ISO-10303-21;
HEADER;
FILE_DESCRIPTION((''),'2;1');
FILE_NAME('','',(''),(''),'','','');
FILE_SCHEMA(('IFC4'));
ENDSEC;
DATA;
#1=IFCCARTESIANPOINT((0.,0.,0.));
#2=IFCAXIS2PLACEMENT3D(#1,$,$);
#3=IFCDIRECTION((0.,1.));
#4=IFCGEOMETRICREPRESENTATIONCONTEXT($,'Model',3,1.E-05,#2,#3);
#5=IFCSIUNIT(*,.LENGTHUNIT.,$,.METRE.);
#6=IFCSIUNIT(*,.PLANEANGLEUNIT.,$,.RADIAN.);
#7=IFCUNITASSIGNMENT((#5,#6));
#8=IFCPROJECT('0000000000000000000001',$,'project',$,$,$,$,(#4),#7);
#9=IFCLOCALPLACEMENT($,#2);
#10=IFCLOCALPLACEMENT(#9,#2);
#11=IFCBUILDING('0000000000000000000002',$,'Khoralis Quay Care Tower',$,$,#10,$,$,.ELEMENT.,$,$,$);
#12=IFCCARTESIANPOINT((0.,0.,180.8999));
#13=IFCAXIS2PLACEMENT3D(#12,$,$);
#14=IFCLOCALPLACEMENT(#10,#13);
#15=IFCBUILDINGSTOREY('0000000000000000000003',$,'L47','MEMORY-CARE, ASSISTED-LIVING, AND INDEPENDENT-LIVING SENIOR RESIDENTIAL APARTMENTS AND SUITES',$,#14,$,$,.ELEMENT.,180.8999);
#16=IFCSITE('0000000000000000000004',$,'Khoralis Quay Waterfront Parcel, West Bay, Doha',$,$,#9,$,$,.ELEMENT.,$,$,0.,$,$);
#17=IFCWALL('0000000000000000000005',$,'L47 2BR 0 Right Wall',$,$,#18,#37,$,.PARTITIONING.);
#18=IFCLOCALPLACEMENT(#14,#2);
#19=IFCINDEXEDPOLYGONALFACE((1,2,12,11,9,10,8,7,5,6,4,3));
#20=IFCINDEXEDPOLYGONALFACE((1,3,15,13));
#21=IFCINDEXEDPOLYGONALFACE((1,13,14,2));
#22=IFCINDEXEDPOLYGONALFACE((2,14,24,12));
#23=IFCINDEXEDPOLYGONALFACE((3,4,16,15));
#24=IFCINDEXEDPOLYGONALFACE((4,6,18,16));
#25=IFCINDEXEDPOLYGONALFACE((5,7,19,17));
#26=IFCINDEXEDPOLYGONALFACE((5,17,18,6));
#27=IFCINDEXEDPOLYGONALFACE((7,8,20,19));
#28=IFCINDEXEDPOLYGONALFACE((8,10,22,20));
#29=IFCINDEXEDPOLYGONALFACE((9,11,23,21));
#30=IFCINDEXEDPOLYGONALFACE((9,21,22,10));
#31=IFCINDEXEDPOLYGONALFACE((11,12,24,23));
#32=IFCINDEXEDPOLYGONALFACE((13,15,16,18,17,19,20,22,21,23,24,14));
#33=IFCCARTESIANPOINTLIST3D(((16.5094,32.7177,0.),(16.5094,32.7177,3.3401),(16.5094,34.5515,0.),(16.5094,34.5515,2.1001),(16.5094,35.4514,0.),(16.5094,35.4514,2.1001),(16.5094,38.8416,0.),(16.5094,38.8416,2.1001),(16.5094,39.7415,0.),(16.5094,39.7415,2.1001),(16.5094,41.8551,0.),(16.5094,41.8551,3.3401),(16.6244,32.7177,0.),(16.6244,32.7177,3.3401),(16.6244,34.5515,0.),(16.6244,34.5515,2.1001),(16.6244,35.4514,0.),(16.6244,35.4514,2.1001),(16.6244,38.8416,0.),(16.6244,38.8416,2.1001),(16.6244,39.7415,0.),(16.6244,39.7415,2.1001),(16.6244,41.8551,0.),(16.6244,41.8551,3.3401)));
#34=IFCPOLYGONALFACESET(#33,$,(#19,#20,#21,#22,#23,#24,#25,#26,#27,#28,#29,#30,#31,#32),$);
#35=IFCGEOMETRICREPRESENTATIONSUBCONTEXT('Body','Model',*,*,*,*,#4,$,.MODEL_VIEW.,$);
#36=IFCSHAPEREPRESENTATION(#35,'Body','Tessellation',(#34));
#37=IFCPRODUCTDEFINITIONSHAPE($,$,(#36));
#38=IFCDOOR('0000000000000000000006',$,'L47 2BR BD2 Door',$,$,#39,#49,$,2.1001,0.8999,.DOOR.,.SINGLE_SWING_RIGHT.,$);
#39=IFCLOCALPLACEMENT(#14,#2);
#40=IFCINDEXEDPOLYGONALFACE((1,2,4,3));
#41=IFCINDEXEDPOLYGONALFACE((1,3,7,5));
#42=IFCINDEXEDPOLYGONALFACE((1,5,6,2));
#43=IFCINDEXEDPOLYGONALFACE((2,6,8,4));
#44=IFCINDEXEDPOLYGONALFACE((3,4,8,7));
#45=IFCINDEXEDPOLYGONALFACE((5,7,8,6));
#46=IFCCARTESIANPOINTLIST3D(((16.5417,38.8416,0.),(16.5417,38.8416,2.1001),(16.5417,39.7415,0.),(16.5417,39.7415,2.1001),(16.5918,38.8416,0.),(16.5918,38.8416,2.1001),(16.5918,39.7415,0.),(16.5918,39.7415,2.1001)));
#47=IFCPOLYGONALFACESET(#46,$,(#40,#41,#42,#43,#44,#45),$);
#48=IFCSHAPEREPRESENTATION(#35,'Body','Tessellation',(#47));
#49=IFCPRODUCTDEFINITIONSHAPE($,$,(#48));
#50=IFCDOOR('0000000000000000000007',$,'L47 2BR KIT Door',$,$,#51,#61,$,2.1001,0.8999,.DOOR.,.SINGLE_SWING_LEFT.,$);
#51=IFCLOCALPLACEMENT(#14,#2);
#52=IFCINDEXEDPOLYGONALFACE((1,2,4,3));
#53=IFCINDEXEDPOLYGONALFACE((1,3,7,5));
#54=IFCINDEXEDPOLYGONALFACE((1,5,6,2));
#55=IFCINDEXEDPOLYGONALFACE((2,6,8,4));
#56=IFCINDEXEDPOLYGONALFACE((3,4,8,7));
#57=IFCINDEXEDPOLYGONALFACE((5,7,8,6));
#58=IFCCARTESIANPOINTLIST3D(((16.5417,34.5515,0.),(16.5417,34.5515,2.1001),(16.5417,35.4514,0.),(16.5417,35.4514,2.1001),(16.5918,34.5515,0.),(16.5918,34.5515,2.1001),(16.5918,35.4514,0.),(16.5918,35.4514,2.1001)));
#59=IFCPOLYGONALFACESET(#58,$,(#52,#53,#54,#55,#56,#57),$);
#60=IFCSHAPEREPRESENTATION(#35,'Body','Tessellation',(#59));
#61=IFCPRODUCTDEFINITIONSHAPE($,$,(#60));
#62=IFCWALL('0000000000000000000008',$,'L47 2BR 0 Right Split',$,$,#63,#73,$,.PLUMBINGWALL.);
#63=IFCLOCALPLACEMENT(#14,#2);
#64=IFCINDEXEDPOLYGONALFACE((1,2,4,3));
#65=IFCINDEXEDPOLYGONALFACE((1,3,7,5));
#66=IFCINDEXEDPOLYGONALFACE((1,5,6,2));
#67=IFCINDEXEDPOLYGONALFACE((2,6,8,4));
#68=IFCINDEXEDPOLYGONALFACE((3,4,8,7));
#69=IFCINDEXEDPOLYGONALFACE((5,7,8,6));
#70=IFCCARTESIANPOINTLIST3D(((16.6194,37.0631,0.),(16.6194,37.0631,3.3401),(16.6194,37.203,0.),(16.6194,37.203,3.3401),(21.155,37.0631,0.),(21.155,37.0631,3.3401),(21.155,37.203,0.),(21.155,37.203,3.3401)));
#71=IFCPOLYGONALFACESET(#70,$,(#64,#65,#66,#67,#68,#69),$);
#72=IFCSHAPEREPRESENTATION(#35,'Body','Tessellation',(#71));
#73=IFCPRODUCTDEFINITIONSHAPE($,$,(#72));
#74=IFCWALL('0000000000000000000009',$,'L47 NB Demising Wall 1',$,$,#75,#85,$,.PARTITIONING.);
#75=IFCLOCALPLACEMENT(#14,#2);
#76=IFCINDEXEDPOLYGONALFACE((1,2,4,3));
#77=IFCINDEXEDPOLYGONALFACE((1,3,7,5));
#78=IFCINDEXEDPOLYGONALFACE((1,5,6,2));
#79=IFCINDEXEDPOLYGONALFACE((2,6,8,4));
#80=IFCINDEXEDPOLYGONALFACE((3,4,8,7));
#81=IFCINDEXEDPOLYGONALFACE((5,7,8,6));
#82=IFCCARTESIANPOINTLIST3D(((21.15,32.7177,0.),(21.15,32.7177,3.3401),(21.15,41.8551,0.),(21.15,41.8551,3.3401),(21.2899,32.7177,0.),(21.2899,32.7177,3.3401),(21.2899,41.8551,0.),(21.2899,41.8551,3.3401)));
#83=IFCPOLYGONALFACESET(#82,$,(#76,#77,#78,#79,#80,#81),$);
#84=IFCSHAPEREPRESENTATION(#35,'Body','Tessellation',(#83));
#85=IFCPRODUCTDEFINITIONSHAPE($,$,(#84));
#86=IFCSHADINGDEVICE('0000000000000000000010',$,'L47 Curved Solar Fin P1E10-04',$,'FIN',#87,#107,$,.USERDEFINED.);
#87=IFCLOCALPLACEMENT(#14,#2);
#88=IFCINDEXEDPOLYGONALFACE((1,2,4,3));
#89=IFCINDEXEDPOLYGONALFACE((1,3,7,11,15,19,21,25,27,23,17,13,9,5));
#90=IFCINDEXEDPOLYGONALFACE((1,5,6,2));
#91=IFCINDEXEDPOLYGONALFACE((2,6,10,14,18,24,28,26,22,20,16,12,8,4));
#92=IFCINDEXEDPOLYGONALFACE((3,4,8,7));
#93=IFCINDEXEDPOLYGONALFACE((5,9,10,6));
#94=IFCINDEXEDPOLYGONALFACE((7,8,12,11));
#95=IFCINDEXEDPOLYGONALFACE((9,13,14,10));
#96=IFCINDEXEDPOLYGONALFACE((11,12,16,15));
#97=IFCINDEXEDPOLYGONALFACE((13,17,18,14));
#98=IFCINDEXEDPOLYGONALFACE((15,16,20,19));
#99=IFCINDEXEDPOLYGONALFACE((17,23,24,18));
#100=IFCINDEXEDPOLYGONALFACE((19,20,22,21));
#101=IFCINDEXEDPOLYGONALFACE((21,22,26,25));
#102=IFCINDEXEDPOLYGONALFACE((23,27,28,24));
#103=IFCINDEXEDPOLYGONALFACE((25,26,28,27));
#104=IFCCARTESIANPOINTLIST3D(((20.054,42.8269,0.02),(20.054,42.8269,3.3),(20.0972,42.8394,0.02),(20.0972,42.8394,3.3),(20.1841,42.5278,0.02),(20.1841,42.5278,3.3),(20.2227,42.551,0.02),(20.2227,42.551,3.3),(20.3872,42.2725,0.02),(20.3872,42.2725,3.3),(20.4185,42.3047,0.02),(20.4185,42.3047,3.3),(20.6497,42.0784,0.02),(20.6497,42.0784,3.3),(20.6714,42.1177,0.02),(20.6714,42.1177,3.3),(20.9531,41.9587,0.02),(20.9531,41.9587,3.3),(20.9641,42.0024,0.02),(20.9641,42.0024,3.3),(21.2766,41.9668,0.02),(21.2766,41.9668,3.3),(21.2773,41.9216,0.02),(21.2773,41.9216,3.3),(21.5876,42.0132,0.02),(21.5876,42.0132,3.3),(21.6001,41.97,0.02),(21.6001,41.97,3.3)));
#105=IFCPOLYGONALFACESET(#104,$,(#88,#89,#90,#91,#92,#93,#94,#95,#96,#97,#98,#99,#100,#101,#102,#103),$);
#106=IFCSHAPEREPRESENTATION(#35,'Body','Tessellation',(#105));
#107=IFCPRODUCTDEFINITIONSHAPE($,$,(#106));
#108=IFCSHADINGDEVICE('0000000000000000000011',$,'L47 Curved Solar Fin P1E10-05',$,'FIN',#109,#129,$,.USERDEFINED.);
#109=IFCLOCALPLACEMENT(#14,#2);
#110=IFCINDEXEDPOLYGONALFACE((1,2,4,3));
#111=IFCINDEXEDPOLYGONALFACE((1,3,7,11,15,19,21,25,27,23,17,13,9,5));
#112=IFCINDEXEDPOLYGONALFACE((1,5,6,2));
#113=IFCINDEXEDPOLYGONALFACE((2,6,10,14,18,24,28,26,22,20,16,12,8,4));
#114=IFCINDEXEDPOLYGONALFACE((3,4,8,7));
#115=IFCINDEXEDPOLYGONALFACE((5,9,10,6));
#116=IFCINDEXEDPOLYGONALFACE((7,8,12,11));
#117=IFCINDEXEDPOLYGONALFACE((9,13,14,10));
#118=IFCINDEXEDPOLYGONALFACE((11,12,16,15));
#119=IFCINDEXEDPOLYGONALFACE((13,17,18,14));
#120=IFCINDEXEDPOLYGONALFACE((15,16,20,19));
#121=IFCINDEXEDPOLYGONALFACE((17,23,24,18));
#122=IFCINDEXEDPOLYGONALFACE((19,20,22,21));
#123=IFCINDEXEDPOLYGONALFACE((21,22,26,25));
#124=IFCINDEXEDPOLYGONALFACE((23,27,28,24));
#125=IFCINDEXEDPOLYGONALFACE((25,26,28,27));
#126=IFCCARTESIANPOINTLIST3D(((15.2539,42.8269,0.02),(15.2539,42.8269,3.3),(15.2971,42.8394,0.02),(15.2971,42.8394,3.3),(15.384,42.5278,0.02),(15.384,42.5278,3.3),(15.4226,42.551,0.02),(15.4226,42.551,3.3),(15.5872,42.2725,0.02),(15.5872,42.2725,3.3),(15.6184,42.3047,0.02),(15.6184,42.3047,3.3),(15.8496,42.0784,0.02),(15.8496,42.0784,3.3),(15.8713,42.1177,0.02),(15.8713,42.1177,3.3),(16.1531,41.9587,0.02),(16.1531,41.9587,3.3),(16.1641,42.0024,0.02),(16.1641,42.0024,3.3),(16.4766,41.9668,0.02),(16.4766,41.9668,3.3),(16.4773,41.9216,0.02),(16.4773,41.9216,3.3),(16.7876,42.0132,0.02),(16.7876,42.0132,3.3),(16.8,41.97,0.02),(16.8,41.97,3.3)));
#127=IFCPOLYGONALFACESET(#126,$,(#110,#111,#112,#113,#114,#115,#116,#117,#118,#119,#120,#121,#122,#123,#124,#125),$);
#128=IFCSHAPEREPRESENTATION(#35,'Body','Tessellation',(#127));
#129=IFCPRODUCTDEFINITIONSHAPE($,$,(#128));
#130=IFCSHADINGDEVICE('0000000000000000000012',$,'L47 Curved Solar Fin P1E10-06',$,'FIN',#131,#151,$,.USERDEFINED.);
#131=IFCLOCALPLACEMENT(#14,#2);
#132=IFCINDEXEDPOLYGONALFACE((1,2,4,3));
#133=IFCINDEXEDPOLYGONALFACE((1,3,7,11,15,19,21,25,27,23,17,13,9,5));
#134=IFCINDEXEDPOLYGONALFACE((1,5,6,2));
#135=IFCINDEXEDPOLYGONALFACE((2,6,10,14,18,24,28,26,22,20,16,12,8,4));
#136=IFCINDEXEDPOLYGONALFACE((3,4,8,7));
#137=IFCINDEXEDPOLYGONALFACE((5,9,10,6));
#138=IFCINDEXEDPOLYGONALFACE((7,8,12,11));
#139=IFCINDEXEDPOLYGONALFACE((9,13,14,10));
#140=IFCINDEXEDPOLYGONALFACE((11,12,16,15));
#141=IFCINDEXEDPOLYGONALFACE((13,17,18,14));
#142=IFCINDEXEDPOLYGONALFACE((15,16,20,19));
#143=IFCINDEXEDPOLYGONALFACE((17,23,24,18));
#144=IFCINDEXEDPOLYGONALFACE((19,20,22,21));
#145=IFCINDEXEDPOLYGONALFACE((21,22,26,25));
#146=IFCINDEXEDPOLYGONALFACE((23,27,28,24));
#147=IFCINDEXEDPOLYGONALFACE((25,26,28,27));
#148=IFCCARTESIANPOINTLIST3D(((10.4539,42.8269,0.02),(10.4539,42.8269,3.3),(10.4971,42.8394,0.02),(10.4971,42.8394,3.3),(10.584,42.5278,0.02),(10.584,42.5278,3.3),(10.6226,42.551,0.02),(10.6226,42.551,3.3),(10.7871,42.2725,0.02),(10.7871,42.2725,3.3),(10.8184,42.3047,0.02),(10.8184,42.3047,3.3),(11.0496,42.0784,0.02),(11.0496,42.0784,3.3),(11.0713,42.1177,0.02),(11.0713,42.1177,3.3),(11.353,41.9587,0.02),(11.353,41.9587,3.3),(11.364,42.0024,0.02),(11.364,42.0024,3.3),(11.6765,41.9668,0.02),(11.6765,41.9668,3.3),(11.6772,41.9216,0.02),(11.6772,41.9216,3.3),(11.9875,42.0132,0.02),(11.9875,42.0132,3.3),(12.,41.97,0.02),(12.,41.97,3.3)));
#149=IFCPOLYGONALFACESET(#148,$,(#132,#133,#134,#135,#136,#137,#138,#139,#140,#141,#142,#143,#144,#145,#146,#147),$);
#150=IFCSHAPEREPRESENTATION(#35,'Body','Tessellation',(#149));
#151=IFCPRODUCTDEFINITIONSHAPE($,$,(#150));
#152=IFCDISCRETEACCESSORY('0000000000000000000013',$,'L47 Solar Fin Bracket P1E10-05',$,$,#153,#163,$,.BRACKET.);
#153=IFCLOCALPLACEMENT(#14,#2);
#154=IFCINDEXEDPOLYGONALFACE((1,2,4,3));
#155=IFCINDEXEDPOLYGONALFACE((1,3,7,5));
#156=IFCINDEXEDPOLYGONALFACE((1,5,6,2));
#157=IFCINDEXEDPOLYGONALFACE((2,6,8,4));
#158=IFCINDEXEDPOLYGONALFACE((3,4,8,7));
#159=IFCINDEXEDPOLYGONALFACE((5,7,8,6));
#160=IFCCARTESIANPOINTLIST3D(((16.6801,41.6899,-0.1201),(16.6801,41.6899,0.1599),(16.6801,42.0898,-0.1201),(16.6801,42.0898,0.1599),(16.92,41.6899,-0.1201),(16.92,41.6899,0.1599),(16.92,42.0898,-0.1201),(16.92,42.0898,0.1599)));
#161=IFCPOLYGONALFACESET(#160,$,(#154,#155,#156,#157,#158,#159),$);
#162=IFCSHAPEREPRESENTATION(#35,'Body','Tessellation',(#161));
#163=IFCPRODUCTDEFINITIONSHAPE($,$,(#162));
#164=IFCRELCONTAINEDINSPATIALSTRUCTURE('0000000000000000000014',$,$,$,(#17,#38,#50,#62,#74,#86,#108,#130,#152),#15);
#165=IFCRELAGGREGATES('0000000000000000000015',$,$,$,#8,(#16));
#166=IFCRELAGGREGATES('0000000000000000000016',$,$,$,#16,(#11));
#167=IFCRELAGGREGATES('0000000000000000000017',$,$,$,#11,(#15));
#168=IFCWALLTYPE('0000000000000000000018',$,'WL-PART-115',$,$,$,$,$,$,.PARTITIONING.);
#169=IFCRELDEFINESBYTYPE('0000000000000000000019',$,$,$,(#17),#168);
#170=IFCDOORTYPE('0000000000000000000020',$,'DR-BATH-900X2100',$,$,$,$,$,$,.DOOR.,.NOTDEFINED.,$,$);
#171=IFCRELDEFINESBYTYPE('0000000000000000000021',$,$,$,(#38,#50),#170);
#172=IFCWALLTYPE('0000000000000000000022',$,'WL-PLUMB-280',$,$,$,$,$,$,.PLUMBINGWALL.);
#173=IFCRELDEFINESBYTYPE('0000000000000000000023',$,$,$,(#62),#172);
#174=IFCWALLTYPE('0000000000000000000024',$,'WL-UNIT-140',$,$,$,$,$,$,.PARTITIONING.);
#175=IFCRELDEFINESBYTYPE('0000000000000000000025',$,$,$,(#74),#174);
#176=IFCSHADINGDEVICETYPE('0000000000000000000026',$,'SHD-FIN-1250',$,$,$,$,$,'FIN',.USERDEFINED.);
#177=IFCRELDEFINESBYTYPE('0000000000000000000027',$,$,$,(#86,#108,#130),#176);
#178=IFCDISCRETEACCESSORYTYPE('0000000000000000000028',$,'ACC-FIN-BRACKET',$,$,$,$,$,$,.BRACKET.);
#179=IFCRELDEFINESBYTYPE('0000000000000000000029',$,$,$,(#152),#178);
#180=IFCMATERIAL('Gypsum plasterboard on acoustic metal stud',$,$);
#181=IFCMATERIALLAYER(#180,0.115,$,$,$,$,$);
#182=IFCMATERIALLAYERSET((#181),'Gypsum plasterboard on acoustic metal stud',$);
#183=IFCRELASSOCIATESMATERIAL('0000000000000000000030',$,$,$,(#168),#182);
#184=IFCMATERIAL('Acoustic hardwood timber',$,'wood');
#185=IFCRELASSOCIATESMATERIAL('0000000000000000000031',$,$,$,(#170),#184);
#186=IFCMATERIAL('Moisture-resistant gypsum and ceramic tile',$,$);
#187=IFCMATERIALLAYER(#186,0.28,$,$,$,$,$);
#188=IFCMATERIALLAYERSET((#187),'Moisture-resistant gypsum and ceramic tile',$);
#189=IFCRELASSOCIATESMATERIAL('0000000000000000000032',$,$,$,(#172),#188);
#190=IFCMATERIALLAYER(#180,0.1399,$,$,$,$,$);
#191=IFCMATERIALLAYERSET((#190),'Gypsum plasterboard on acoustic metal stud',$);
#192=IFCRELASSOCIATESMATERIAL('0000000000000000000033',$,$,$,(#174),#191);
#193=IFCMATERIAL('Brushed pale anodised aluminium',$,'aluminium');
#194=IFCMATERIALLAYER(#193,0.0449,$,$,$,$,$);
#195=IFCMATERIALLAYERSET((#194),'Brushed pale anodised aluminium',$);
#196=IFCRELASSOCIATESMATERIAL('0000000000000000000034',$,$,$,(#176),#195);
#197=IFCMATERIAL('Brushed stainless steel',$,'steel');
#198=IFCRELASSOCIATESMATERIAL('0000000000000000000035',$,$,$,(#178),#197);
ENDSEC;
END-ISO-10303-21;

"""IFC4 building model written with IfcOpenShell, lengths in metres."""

from ifc_helpers import new_model, si_unit, direction, frame, frame_2d, origin, origin_2d, place, context, subcontext, project, spatial, polyline, rectangle, outline, extrude, source, transform, mapped, material, layer, layer_set, type_object, element, fill, save


model = new_model("IFC4")

# Units and contexts
model_context = context("Model", 3, precision=1e-05, world=origin(), true_north=direction((0.0, 1.0)))
body_context = subcontext(model_context, "Body", "Model", "MODEL_VIEW")
ifc_project = project(units=[si_unit("LENGTHUNIT", "METRE"), si_unit("PLANEANGLEUNIT", "RADIAN")], contexts=[model_context])

# Site, building, storey
site_placement = place(None, origin())
site = spatial("IfcSite", under=ifc_project, at=site_placement, Name="Khoralis Quay Waterfront Parcel, West Bay, Doha", CompositionType="ELEMENT", RefElevation=0.0)
building_placement = place(site_placement, origin())
building = spatial("IfcBuilding", under=site, at=building_placement, Name="Khoralis Quay Care Tower", CompositionType="ELEMENT")
storey_placement = place(building_placement, frame((0.0, 0.0, 180.8999)))
storey = spatial("IfcBuildingStorey", under=building, at=storey_placement, Name="L47", Description="MEMORY-CARE, ASSISTED-LIVING, AND INDEPENDENT-LIVING SENIOR RESIDENTIAL APARTMENTS AND SUITES", CompositionType="ELEMENT", Elevation=180.8999)

# Wall, openings, doors
ifc_material_1 = material(Name="Gypsum plasterboard on acoustic metal stud")
ifc_layer_1 = layer(ifc_material_1, 0.115)
ifc_layer_set_1 = layer_set([ifc_layer_1], Name="Gypsum plasterboard on acoustic metal stud")
wall_type_1 = type_object("IfcWallType", Name="WL-PART-115", PredefinedType="PARTITIONING", material=ifc_layer_set_1)
wall_1_placement = place(storey_placement, frame((16.5669, 32.7175, 0.0), z_axis=(0.0, 0.0, 1.0), x_axis=(0.0, 1.0, 0.0)))
wall_1 = element("IfcWall", 1, at=wall_1_placement, inside=storey, type_object=wall_type_1, Name="L47 2BR 0 Right Wall", PredefinedType="PARTITIONING", context=body_context, shape_type="SweptSolid", body=[
    extrude(rectangle(XDim=9.1375, YDim=0.115, at=frame_2d((4.5688, 0.0))), origin(), (0.0, 0.0, 1.0), 3.3401),
])
opening_1_placement = place(wall_1_placement, frame((6.124, 0.0, 0.0)))
opening_1 = element("IfcOpeningElement", 2, at=opening_1_placement, cuts=wall_1, PredefinedType="OPENING", context=body_context, shape_type="SweptSolid", body=[
    extrude(rectangle(XDim=0.8999, YDim=2.1001, at=frame_2d((0.45, 1.05))), frame((0.0, 0.0674, 0.0), z_axis=(0.0, -1.0, 0.0), x_axis=(1.0, 0.0, 0.0)), (0.0, 0.0, 1.0), 0.135),
])
opening_2_placement = place(wall_1_placement, frame((1.834, 0.0, 0.0)))
opening_2 = element("IfcOpeningElement", 3, at=opening_2_placement, cuts=wall_1, PredefinedType="OPENING", context=body_context, shape_type="SweptSolid", body=[
    extrude(rectangle(XDim=0.8999, YDim=2.1001, at=frame_2d((0.45, 1.05))), frame((0.0, 0.0674, 0.0), z_axis=(0.0, -1.0, 0.0), x_axis=(1.0, 0.0, 0.0)), (0.0, 0.0, 1.0), 0.135),
])
ifc_material_2 = material(Name="Acoustic hardwood timber", Category="wood")
door_type = type_object("IfcDoorType", Name="DR-BATH-900X2100", OperationType="NOTDEFINED", PredefinedType="DOOR", material=ifc_material_2)
shared_shape_1 = source(origin(), body_context, "Body", "SweptSolid", [
    extrude(rectangle(XDim=0.8999, YDim=2.1001, at=frame_2d((0.45, 1.05))), frame((0.0, 0.0249, 0.0), z_axis=(0.0, -1.0, 0.0), x_axis=(1.0, 0.0, 0.0)), (0.0, 0.0, 1.0), 0.05),
])
door_1_placement = place(opening_1_placement, frame((0.8999, 0.0, 0.0), z_axis=(0.0, 0.0, 1.0), x_axis=(-1.0, 0.0, 0.0)))
door_1 = element("IfcDoor", 4, at=door_1_placement, inside=storey, type_object=door_type, Name="L47 2BR BD2 Door", OperationType="SINGLE_SWING_RIGHT", OverallHeight=2.1001, OverallWidth=0.8999, PredefinedType="DOOR", context=body_context, shape_type="MappedRepresentation", body=[
    mapped(shared_shape_1, transform((0.0, 0.0, 0.0), scale=1.0)),
])
fill(opening_1, door_1)
door_2_placement = place(opening_2_placement, frame((0.8999, 0.0, 0.0), z_axis=(0.0, 0.0, 1.0), x_axis=(-1.0, 0.0, 0.0)))
door_2 = element("IfcDoor", 5, at=door_2_placement, inside=storey, type_object=door_type, Name="L47 2BR KIT Door", OperationType="SINGLE_SWING_LEFT", OverallHeight=2.1001, OverallWidth=0.8999, PredefinedType="DOOR", context=body_context, shape_type="MappedRepresentation", body=[
    mapped(shared_shape_1, transform((0.0, 0.0, 0.0), scale=1.0)),
])
fill(opening_2, door_2)

# Walls
ifc_material_3 = material(Name="Moisture-resistant gypsum and ceramic tile")
ifc_layer_2 = layer(ifc_material_3, 0.28)
ifc_layer_set_2 = layer_set([ifc_layer_2], Name="Moisture-resistant gypsum and ceramic tile")
wall_type_2 = type_object("IfcWallType", Name="WL-PLUMB-280", PredefinedType="PLUMBINGWALL", material=ifc_layer_set_2)
wall_2_placement = place(storey_placement, frame((16.6194, 37.1331, 0.0), z_axis=(0.0, 0.0, 1.0), x_axis=(1.0, 0.0, 0.0)))
element("IfcWall", 6, at=wall_2_placement, inside=storey, type_object=wall_type_2, Name="L47 2BR 0 Right Split", PredefinedType="PLUMBINGWALL", context=body_context, shape_type="SweptSolid", body=[
    extrude(rectangle(XDim=4.5356, YDim=0.1399, at=frame_2d((2.2678, 0.0))), origin(), (0.0, 0.0, 1.0), 3.3401),
])
ifc_layer_3 = layer(ifc_material_1, 0.1399)
ifc_layer_set_3 = layer_set([ifc_layer_3], Name="Gypsum plasterboard on acoustic metal stud")
wall_type_3 = type_object("IfcWallType", Name="WL-UNIT-140", PredefinedType="PARTITIONING", material=ifc_layer_set_3)
wall_3_placement = place(storey_placement, frame((21.22, 32.7175, 0.0), z_axis=(0.0, 0.0, 1.0), x_axis=(0.0, 1.0, 0.0)))
element("IfcWall", 7, at=wall_3_placement, inside=storey, type_object=wall_type_3, Name="L47 NB Demising Wall 1", PredefinedType="PARTITIONING", context=body_context, shape_type="SweptSolid", body=[
    extrude(rectangle(XDim=9.1375, YDim=0.1399, at=frame_2d((4.5688, 0.0))), origin(), (0.0, 0.0, 1.0), 3.3401),
])

# Shading devices
ifc_material_4 = material(Name="Brushed pale anodised aluminium", Category="aluminium")
ifc_layer_4 = layer(ifc_material_4, 0.0449)
ifc_layer_set_4 = layer_set([ifc_layer_4], Name="Brushed pale anodised aluminium")
shading_device_type = type_object("IfcShadingDeviceType", Name="SHD-FIN-1250", ElementType="FIN", PredefinedType="USERDEFINED", material=ifc_layer_set_4)
shared_shape_2 = source(origin(), body_context, "Body", "SweptSolid", [
    extrude(outline(polyline([(0.0, 0.0), (-0.0483, 0.3228), (-0.0112, 0.647), (0.1084, 0.9504), (0.3025, 1.2129), (0.5579, 1.416), (0.8569, 1.5461), (0.8694, 1.5029), (0.5811, 1.3774), (0.3347, 1.1816), (0.1477, 0.9287), (0.0325, 0.636), (-0.0032, 0.3235), (0.0432, 0.0125), (0.0, 0.0)])), origin(), (0.0, 0.0, 1.0), 3.28),
])
for number, where, z_axis, x_axis, name in (
    (8, (21.6001, 41.97, 0.02), (0.0, 0.0, 1.0), (0.0, 1.0, 0.0), "L47 Curved Solar Fin P1E10-04"),
    (9, (16.8, 41.97, 0.02), (0.0, 0.0, 1.0), (0.0, 1.0, 0.0), "L47 Curved Solar Fin P1E10-05"),
    (10, (12.0, 41.97, 0.02), (0.0, 0.0, 1.0), (0.0, 1.0, 0.0), "L47 Curved Solar Fin P1E10-06"),
):
    element("IfcShadingDevice", number, at=place(storey_placement, frame(where, z_axis=z_axis, x_axis=x_axis)), inside=storey, type_object=shading_device_type, Name=name, ObjectType="FIN", PredefinedType="USERDEFINED", context=body_context, shape_type="MappedRepresentation", body=[
        mapped(shared_shape_2, transform((0.0, 0.0, 0.0), scale=1.0)),
    ])

# Discrete accessory
ifc_material_5 = material(Name="Brushed stainless steel", Category="steel")
discrete_accessory_type = type_object("IfcDiscreteAccessoryType", Name="ACC-FIN-BRACKET", PredefinedType="BRACKET", material=ifc_material_5)
shared_shape_3 = source(origin(), body_context, "Body", "SweptSolid", [
    extrude(rectangle(XDim=0.3999, YDim=0.24, at=origin_2d()), origin(), (0.0, 0.0, 1.0), 0.28),
])
discrete_accessory_placement = place(storey_placement, frame((16.8, 41.8899, -0.1201), z_axis=(0.0, 0.0, 1.0), x_axis=(0.0, 1.0, 0.0)))
element("IfcDiscreteAccessory", 11, at=discrete_accessory_placement, inside=storey, type_object=discrete_accessory_type, Name="L47 Solar Fin Bracket P1E10-05", PredefinedType="BRACKET", context=body_context, shape_type="MappedRepresentation", body=[
    mapped(shared_shape_3, transform((0.0, 0.0, 0.0), scale=1.0)),
])

save(model, "model.ifc")
